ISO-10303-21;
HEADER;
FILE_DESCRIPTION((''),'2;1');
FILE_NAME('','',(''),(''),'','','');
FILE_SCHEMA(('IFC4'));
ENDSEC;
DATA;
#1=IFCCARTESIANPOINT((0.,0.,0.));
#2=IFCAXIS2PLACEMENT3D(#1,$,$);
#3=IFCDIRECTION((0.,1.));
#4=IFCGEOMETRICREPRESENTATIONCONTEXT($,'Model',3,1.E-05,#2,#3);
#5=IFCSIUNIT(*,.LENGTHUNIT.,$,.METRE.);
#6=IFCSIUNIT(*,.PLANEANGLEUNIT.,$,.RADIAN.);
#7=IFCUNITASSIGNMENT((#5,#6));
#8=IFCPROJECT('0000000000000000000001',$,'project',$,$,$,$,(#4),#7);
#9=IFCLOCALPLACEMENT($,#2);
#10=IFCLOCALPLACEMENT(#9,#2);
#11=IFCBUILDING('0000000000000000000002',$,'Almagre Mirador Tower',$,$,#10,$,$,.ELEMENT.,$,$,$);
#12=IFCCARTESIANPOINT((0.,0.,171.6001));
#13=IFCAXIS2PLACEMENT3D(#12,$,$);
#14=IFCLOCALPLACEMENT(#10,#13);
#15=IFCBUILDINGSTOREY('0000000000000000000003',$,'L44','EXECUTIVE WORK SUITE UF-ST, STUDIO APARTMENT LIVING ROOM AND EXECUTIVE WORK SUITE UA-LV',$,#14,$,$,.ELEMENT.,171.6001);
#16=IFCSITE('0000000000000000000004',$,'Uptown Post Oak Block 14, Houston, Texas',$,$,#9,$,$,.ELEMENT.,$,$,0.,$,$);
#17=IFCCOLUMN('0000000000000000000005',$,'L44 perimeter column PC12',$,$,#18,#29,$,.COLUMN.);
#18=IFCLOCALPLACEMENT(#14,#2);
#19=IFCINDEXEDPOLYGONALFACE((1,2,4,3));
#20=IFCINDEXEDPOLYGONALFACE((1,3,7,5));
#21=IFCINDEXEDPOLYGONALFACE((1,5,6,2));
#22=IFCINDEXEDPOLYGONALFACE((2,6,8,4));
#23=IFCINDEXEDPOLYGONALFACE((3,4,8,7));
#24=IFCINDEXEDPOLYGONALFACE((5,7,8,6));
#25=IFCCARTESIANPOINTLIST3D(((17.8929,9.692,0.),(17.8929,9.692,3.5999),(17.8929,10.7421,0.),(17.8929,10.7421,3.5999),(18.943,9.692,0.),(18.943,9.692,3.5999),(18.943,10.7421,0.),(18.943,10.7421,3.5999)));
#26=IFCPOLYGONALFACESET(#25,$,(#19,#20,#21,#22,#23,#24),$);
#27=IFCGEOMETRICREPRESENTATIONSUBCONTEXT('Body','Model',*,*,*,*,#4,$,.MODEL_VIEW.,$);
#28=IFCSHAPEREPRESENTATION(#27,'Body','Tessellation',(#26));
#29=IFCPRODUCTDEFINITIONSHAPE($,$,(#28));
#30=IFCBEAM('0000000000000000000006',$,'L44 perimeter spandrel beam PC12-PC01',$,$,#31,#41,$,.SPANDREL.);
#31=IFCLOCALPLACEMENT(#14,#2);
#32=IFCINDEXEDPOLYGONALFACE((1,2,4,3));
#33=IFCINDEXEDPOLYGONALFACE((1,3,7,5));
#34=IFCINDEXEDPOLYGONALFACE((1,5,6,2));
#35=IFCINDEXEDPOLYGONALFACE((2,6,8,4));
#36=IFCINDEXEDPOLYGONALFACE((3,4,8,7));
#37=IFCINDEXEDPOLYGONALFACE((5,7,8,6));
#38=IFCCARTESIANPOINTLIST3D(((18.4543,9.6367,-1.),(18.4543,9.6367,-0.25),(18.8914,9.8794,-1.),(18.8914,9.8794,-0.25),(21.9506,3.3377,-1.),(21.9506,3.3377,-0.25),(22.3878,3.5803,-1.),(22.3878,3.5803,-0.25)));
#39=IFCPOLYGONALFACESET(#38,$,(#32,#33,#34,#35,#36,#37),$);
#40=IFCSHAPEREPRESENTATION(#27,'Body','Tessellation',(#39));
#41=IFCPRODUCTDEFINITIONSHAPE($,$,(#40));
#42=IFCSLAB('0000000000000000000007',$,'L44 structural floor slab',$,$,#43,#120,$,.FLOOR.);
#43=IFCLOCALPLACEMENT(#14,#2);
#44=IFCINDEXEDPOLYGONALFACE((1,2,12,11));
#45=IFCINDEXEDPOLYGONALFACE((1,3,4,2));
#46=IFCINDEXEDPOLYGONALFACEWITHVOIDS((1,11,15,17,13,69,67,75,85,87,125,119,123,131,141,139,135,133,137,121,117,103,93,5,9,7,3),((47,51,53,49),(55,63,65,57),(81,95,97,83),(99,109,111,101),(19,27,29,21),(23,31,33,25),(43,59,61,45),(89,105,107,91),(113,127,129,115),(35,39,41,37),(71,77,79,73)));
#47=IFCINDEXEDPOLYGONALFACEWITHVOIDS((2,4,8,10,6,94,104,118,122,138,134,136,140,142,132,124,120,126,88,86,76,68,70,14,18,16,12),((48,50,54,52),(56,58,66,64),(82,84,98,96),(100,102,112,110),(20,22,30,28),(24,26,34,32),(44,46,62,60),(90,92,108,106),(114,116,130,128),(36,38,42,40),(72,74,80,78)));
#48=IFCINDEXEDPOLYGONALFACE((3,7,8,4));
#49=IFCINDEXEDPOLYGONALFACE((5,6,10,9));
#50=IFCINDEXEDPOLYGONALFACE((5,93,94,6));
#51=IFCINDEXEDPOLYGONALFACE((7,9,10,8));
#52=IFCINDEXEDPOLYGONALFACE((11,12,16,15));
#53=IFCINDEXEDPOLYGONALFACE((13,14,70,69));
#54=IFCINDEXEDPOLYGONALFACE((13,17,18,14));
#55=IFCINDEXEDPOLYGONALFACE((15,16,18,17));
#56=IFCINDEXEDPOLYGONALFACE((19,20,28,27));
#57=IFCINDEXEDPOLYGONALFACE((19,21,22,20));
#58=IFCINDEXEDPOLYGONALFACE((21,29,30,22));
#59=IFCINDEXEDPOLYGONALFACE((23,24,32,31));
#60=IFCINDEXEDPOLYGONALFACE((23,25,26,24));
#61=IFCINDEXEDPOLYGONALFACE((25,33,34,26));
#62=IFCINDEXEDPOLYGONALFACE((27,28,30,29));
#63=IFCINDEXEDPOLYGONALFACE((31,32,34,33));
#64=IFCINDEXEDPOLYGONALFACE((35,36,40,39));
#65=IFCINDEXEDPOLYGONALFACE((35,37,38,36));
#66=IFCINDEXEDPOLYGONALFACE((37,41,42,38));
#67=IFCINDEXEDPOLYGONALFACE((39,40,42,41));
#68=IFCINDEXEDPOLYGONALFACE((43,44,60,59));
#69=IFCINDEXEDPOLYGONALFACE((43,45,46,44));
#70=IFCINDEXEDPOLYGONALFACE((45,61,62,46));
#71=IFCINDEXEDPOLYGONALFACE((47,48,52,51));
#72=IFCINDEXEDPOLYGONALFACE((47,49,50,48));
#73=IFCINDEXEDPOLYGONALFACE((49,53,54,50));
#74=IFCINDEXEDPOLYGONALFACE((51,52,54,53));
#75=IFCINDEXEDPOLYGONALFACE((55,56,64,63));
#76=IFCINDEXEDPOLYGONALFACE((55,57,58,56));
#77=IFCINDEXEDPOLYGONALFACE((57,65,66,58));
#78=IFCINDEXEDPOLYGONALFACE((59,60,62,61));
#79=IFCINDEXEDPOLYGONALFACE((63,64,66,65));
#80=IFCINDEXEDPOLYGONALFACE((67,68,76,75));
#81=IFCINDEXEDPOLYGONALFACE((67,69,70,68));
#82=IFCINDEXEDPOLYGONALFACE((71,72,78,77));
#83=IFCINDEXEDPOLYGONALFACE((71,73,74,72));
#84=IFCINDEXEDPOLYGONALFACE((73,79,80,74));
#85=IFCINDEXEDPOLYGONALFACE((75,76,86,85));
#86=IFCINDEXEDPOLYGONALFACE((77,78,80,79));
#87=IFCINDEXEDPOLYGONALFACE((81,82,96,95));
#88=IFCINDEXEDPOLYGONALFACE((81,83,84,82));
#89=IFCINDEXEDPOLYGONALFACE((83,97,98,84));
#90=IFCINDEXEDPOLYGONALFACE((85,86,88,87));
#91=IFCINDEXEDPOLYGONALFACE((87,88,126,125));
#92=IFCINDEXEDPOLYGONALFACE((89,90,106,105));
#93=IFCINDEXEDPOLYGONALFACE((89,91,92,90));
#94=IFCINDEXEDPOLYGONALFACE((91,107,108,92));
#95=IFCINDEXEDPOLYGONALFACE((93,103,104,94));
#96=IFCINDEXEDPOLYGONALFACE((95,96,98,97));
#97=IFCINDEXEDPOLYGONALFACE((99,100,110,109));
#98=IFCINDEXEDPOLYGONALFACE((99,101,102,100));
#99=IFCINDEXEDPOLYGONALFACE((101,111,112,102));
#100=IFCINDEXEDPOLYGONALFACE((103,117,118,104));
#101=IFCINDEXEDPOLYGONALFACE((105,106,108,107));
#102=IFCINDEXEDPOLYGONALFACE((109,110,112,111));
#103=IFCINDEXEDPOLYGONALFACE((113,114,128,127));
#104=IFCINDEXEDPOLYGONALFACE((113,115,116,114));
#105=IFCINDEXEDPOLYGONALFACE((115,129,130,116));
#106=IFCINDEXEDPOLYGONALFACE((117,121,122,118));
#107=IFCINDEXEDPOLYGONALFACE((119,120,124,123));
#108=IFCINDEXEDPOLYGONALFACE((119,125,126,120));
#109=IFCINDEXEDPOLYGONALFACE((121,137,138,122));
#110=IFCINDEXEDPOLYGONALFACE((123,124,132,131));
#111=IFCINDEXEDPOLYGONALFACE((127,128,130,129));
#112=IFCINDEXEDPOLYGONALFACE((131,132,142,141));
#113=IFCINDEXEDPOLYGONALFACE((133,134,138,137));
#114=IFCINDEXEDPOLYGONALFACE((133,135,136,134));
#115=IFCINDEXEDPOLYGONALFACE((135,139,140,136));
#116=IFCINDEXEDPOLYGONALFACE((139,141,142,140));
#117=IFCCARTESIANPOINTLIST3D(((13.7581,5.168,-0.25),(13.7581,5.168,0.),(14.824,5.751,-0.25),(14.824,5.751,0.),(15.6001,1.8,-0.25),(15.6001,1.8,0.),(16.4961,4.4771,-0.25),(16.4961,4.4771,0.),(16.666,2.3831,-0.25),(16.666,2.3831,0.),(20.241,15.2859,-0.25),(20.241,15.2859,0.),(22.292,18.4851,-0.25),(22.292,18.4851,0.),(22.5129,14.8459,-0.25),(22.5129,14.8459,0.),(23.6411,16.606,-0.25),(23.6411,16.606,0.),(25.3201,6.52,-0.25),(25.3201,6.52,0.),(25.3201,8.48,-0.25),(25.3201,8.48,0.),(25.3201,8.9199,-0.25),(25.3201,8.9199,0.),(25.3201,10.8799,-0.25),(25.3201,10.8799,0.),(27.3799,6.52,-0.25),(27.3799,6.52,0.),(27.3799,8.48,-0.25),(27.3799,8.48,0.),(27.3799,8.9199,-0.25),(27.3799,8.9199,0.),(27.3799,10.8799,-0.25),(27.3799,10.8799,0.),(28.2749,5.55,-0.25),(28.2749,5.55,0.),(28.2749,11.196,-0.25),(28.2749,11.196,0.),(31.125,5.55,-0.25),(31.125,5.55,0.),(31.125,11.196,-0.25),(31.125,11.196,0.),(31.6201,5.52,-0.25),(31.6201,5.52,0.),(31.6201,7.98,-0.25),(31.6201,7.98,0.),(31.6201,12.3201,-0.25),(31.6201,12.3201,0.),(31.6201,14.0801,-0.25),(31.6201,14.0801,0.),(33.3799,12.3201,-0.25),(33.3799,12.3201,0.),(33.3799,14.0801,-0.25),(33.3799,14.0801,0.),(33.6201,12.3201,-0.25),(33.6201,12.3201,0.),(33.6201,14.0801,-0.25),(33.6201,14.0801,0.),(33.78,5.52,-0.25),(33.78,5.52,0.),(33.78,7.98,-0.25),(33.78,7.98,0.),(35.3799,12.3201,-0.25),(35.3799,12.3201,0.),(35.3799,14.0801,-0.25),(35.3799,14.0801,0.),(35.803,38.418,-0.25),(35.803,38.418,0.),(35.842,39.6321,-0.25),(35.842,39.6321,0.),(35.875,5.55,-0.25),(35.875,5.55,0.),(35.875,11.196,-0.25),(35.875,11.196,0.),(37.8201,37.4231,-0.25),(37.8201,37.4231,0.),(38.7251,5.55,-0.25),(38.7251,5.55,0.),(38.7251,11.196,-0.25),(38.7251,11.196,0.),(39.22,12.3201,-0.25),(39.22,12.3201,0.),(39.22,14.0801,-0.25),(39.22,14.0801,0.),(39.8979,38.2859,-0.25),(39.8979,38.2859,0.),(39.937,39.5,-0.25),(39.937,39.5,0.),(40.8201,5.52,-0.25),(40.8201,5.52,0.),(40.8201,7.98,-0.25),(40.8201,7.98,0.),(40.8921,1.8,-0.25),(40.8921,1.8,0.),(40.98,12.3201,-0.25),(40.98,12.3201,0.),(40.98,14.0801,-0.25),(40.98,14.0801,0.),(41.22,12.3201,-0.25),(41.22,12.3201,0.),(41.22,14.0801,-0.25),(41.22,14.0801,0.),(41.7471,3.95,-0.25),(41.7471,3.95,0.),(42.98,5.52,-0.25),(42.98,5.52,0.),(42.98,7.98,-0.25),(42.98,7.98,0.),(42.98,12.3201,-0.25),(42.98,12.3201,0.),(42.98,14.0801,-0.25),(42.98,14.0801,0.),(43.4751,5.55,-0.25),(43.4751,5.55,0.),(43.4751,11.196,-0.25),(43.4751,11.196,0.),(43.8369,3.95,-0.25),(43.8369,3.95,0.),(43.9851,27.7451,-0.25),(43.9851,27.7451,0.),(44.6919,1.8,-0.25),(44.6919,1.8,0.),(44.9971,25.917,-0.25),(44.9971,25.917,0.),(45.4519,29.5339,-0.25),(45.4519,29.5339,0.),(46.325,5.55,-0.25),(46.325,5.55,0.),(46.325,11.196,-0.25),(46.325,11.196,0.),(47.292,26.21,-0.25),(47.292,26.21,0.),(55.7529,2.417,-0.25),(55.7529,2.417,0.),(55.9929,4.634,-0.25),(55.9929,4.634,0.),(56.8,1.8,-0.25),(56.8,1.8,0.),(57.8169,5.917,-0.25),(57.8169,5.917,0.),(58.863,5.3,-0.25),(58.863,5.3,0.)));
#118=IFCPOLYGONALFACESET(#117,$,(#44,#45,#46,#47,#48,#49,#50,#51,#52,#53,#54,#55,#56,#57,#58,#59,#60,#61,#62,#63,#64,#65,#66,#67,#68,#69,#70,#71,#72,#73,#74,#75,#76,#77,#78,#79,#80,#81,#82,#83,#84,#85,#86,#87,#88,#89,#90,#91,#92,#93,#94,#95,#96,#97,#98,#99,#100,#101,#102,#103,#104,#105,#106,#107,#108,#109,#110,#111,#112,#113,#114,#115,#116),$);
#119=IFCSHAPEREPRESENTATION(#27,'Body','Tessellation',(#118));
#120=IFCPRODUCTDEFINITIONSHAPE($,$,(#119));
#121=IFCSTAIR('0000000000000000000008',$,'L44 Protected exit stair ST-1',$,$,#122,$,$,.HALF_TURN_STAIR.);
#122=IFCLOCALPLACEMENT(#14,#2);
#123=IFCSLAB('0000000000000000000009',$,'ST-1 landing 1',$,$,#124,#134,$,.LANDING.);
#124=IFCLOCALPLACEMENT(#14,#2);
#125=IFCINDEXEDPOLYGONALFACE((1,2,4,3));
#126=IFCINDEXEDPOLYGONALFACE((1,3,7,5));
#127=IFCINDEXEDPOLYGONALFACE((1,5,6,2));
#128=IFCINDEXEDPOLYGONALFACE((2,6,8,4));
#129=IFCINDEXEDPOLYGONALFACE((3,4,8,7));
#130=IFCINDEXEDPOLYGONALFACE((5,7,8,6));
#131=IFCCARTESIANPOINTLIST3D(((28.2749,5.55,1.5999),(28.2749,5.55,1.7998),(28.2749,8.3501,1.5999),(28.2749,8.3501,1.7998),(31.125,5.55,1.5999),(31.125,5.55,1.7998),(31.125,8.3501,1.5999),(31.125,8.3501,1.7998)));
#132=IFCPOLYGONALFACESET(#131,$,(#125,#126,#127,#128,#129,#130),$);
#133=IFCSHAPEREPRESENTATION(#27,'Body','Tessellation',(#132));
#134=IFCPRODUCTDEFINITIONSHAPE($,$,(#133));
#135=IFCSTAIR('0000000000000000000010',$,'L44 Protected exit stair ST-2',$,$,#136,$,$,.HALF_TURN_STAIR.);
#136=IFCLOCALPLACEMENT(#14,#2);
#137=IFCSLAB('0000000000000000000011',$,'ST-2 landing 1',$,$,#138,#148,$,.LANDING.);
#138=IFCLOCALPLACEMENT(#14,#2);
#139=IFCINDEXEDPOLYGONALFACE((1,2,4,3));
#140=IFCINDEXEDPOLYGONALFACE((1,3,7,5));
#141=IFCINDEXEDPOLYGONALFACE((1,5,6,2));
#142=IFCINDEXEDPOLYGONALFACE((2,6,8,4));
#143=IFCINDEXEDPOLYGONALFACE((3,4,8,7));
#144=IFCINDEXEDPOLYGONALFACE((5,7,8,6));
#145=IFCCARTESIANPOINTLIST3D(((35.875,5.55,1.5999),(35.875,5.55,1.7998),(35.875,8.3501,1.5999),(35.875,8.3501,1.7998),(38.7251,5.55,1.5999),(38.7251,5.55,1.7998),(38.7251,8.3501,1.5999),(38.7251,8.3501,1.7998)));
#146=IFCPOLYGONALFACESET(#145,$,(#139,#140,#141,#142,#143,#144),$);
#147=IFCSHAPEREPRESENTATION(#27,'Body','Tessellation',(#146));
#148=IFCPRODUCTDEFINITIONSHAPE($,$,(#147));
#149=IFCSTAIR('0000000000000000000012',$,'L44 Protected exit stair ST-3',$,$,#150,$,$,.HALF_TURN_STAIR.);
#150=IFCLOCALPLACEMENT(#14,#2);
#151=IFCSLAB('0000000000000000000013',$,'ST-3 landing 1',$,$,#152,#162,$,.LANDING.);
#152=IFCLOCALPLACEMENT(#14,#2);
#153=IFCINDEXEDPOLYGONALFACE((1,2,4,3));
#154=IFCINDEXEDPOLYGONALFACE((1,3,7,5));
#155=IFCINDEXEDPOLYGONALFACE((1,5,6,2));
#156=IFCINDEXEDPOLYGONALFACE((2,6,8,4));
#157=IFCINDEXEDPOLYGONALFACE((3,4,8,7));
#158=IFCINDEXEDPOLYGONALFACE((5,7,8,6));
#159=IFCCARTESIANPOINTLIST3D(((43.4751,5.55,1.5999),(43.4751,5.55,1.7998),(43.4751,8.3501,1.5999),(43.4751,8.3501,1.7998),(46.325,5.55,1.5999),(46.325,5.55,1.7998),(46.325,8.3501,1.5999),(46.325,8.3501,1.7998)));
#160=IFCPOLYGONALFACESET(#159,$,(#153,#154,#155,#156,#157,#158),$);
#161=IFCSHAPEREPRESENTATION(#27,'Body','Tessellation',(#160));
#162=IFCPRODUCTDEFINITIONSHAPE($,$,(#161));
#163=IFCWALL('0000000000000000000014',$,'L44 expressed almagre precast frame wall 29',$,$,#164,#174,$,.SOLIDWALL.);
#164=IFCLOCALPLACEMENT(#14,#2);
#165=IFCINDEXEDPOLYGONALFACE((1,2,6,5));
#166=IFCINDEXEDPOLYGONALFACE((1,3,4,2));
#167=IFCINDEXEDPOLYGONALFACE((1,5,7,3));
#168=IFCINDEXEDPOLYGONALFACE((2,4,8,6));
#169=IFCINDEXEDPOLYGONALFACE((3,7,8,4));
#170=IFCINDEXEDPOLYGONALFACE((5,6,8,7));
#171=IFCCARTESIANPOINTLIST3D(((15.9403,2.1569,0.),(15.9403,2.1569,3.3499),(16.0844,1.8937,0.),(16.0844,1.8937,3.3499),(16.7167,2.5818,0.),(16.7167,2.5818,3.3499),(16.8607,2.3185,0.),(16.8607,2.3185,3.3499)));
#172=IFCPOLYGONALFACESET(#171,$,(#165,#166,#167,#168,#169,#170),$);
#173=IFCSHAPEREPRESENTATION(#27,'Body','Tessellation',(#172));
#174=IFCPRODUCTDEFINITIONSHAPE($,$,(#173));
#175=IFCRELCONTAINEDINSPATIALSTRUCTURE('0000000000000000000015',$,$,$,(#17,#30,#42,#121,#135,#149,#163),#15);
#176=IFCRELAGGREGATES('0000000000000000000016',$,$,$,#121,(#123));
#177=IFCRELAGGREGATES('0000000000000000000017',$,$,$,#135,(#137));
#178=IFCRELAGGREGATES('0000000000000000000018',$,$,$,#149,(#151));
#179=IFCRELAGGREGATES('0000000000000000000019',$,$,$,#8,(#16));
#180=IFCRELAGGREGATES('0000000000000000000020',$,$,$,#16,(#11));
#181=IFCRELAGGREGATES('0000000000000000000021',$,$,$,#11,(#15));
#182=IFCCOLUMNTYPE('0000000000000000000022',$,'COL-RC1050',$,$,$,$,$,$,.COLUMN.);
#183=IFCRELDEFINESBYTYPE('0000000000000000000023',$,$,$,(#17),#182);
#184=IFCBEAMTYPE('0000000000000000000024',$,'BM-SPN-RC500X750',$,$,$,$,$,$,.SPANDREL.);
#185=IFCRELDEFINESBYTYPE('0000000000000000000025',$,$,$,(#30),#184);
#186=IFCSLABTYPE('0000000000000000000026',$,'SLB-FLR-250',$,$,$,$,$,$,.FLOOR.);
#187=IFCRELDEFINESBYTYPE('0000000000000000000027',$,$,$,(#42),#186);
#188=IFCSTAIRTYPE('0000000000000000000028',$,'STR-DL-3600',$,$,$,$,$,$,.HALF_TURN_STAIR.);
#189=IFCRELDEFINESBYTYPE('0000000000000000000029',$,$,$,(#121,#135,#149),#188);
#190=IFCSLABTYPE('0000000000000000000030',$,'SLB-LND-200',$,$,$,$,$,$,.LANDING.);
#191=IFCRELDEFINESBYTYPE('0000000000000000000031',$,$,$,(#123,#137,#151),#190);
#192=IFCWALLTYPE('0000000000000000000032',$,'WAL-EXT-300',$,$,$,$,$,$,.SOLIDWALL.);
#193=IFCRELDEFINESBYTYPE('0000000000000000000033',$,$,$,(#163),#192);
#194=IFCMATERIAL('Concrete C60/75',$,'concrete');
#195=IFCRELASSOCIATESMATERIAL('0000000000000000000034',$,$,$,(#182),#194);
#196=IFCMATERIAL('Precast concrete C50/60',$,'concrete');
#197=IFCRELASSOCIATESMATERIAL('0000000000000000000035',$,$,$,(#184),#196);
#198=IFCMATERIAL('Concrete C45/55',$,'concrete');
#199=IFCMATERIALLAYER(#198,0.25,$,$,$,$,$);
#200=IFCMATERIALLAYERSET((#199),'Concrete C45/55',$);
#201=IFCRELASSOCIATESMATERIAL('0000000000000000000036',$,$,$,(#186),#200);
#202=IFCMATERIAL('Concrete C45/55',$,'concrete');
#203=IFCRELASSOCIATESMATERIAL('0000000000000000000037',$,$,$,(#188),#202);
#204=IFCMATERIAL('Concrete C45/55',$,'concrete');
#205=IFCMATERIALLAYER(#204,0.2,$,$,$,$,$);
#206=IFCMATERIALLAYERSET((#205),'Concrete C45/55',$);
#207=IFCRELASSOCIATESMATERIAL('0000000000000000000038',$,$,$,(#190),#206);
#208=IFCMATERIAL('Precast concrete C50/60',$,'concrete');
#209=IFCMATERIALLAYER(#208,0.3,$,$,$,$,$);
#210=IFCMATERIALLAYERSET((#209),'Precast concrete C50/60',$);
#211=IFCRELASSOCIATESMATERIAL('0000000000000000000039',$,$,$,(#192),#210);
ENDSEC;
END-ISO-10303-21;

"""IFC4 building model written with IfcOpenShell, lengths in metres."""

from ifc_helpers import new_model, si_unit, direction, frame, frame_2d, origin, origin_2d, place, context, subcontext, project, spatial, polyline, rectangle, outline, extrude, material, layer, layer_set, material_profile, profile_set, type_object, element, aggregate, save


model = new_model("IFC4")

# Units and contexts
model_context = context("Model", 3, precision=1e-05, world=origin(), true_north=direction((0.0, 1.0)))
body_context = subcontext(model_context, "Body", "Model", "MODEL_VIEW")
ifc_project = project(units=[si_unit("LENGTHUNIT", "METRE"), si_unit("PLANEANGLEUNIT", "RADIAN")], contexts=[model_context])

# Site, building, storey
site_placement = place(None, origin())
site = spatial("IfcSite", under=ifc_project, at=site_placement, Name="Uptown Post Oak Block 14, Houston, Texas", CompositionType="ELEMENT", RefElevation=0.0)
building_placement = place(site_placement, origin())
building = spatial("IfcBuilding", under=site, at=building_placement, Name="Almagre Mirador Tower", CompositionType="ELEMENT")
storey_placement = place(building_placement, frame((0.0, 0.0, 171.6001)))
storey = spatial("IfcBuildingStorey", under=building, at=storey_placement, Name="L44", Description="EXECUTIVE WORK SUITE UF-ST, STUDIO APARTMENT LIVING ROOM AND EXECUTIVE WORK SUITE UA-LV", CompositionType="ELEMENT", Elevation=171.6001)

# Column
ifc_material_1 = material(Name="Concrete C60/75", Category="concrete")
ifc_material_profile_1 = material_profile(ifc_material_1, rectangle(XDim=1.05, YDim=1.05, at=origin_2d()), Name="RC1050X1050")
ifc_profile_set_1 = profile_set([ifc_material_profile_1], Name="Concrete C60/75")
column_type = type_object("IfcColumnType", Name="COL-RC1050", PredefinedType="COLUMN", material=ifc_profile_set_1)
column_placement = place(storey_placement, frame((18.418, 10.217, 0.0), z_axis=(0.0, 0.0, 1.0), x_axis=(1.0, 0.0, 0.0)))
element("IfcColumn", 1, at=column_placement, inside=storey, type_object=column_type, Name="L44 perimeter column PC12", PredefinedType="COLUMN", context=body_context, shape_type="SweptSolid", body=[
    extrude(rectangle(XDim=1.05, YDim=1.05, at=origin_2d()), origin(), (0.0, 0.0, 1.0), 3.5999),
])

# Beam
ifc_material_2 = material(Name="Precast concrete C50/60", Category="concrete")
ifc_material_profile_2 = material_profile(ifc_material_2, rectangle(XDim=0.5, YDim=0.75, at=origin_2d()), Name="RC500X750")
ifc_profile_set_2 = profile_set([ifc_material_profile_2], Name="Precast concrete C50/60")
beam_type = type_object("IfcBeamType", Name="BM-SPN-RC500X750", PredefinedType="SPANDREL", material=ifc_profile_set_2)
beam_placement = place(storey_placement, frame((18.6729, 9.7581, -0.625), z_axis=(0.485309, -0.874343, 0.0), x_axis=(0.874343, 0.485309, 0.0)))
element("IfcBeam", 2, at=beam_placement, inside=storey, type_object=beam_type, Name="L44 perimeter spandrel beam PC12-PC01", PredefinedType="SPANDREL", context=body_context, shape_type="SweptSolid", body=[
    extrude(rectangle(XDim=0.5, YDim=0.75, at=origin_2d()), origin(), (0.0, 0.0, 1.0), 7.2043),
])

# Slab
ifc_material_3 = material(Name="Concrete C45/55", Category="concrete")
ifc_layer_1 = layer(ifc_material_3, 0.25)
ifc_layer_set_1 = layer_set([ifc_layer_1], Name="Concrete C45/55")
slab_type_1 = type_object("IfcSlabType", Name="SLB-FLR-250", PredefinedType="FLOOR", material=ifc_layer_set_1)
slab_1_placement = place(storey_placement, frame((0.0, 0.0, -0.25)))
element("IfcSlab", 3, at=slab_1_placement, inside=storey, type_object=slab_type_1, Name="L44 structural floor slab", PredefinedType="FLOOR", context=body_context, shape_type="SweptSolid", body=[
    extrude(outline(polyline([(13.7581, 5.168), (14.824, 5.751), (16.4961, 4.4771), (16.666, 2.3831), (15.6001, 1.8), (40.8921, 1.8), (41.7471, 3.95), (43.8369, 3.95), (44.6919, 1.8), (56.8, 1.8), (55.7529, 2.417), (55.9929, 4.634), (57.8169, 5.917), (58.863, 5.3), (47.292, 26.21), (44.9971, 25.917), (43.9851, 27.7451), (45.4519, 29.5339), (39.937, 39.5), (39.8979, 38.2859), (37.8201, 37.4231), (35.803, 38.418), (35.842, 39.6321), (22.292, 18.4851), (23.6411, 16.606), (22.5129, 14.8459), (20.241, 15.2859), (13.7581, 5.168)]), holes=[polyline([(43.4751, 5.55), (43.4751, 11.196), (46.325, 11.196), (46.325, 5.55), (43.4751, 5.55)]), polyline([(40.8201, 5.52), (40.8201, 7.98), (42.98, 7.98), (42.98, 5.52), (40.8201, 5.52)]), polyline([(41.22, 12.3201), (41.22, 14.0801), (42.98, 14.0801), (42.98, 12.3201), (41.22, 12.3201)]), polyline([(39.22, 12.3201), (39.22, 14.0801), (40.98, 14.0801), (40.98, 12.3201), (39.22, 12.3201)]), polyline([(35.875, 11.196), (38.7251, 11.196), (38.7251, 5.55), (35.875, 5.55), (35.875, 11.196)]), polyline([(35.3799, 12.3201), (33.6201, 12.3201), (33.6201, 14.0801), (35.3799, 14.0801), (35.3799, 12.3201)]), polyline([(33.78, 5.52), (31.6201, 5.52), (31.6201, 7.98), (33.78, 7.98), (33.78, 5.52)]), polyline([(31.6201, 12.3201), (31.6201, 14.0801), (33.3799, 14.0801), (33.3799, 12.3201), (31.6201, 12.3201)]), polyline([(28.2749, 5.55), (28.2749, 11.196), (31.125, 11.196), (31.125, 5.55), (28.2749, 5.55)]), polyline([(25.3201, 8.9199), (25.3201, 10.8799), (27.3799, 10.8799), (27.3799, 8.9199), (25.3201, 8.9199)]), polyline([(27.3799, 6.52), (25.3201, 6.52), (25.3201, 8.48), (27.3799, 8.48), (27.3799, 6.52)])]), origin(), (0.0, 0.0, 1.0), 0.25),
])

# Stairs, slabs
ifc_material_4 = material(Name="Concrete C45/55", Category="concrete")
stair_type = type_object("IfcStairType", Name="STR-DL-3600", PredefinedType="HALF_TURN_STAIR", material=ifc_material_4)
stair_1_placement = place(storey_placement, origin())
stair_1 = element("IfcStair", 4, at=stair_1_placement, inside=storey, type_object=stair_type, Name="L44 Protected exit stair ST-1", PredefinedType="HALF_TURN_STAIR")
ifc_material_5 = material(Name="Concrete C45/55", Category="concrete")
ifc_layer_2 = layer(ifc_material_5, 0.2)
ifc_layer_set_2 = layer_set([ifc_layer_2], Name="Concrete C45/55")
slab_type_2 = type_object("IfcSlabType", Name="SLB-LND-200", PredefinedType="LANDING", material=ifc_layer_set_2)
slab_2_placement = place(storey_placement, frame((0.0, 0.0, 1.5999)))
slab_2 = element("IfcSlab", 5, at=slab_2_placement, type_object=slab_type_2, Name="ST-1 landing 1", PredefinedType="LANDING", context=body_context, shape_type="SweptSolid", body=[
    extrude(outline(polyline([(28.2749, 8.3501), (28.2749, 5.55), (31.125, 5.55), (31.125, 8.3501), (28.2749, 8.3501)])), origin(), (0.0, 0.0, 1.0), 0.2),
])
aggregate(stair_1, [slab_2])
stair_2_placement = place(storey_placement, origin())
stair_2 = element("IfcStair", 6, at=stair_2_placement, inside=storey, type_object=stair_type, Name="L44 Protected exit stair ST-2", PredefinedType="HALF_TURN_STAIR")
slab_3_placement = place(storey_placement, frame((0.0, 0.0, 1.5999)))
slab_3 = element("IfcSlab", 7, at=slab_3_placement, type_object=slab_type_2, Name="ST-2 landing 1", PredefinedType="LANDING", context=body_context, shape_type="SweptSolid", body=[
    extrude(outline(polyline([(35.875, 8.3501), (35.875, 5.55), (38.7251, 5.55), (38.7251, 8.3501), (35.875, 8.3501)])), origin(), (0.0, 0.0, 1.0), 0.2),
])
aggregate(stair_2, [slab_3])
stair_3_placement = place(storey_placement, origin())
stair_3 = element("IfcStair", 8, at=stair_3_placement, inside=storey, type_object=stair_type, Name="L44 Protected exit stair ST-3", PredefinedType="HALF_TURN_STAIR")
slab_4_placement = place(storey_placement, frame((0.0, 0.0, 1.5999)))
slab_4 = element("IfcSlab", 9, at=slab_4_placement, type_object=slab_type_2, Name="ST-3 landing 1", PredefinedType="LANDING", context=body_context, shape_type="SweptSolid", body=[
    extrude(outline(polyline([(43.4751, 8.3501), (43.4751, 5.55), (46.325, 5.55), (46.325, 8.3501), (43.4751, 8.3501)])), origin(), (0.0, 0.0, 1.0), 0.2),
])
aggregate(stair_3, [slab_4])

# Wall
ifc_material_6 = material(Name="Precast concrete C50/60", Category="concrete")
ifc_layer_3 = layer(ifc_material_6, 0.3)
ifc_layer_set_3 = layer_set([ifc_layer_3], Name="Precast concrete C50/60")
wall_type_1 = type_object("IfcWallType", Name="WAL-EXT-300", PredefinedType="SOLIDWALL", material=ifc_layer_set_3)
wall_1_placement = place(storey_placement, frame((16.0125, 2.0254, 0.0), z_axis=(0.0, 0.0, 1.0), x_axis=(0.877262, 0.480011, 0.0)))
element("IfcWall", 10, at=wall_1_placement, inside=storey, type_object=wall_type_1, Name="L44 expressed almagre precast frame wall 29", PredefinedType="SOLIDWALL", context=body_context, shape_type="SweptSolid", body=[
    extrude(rectangle(XDim=0.885, YDim=0.3, at=frame_2d((0.4424, 0.0))), origin(), (0.0, 0.0, 1.0), 3.3499),
])

save(model, "model.ifc")
